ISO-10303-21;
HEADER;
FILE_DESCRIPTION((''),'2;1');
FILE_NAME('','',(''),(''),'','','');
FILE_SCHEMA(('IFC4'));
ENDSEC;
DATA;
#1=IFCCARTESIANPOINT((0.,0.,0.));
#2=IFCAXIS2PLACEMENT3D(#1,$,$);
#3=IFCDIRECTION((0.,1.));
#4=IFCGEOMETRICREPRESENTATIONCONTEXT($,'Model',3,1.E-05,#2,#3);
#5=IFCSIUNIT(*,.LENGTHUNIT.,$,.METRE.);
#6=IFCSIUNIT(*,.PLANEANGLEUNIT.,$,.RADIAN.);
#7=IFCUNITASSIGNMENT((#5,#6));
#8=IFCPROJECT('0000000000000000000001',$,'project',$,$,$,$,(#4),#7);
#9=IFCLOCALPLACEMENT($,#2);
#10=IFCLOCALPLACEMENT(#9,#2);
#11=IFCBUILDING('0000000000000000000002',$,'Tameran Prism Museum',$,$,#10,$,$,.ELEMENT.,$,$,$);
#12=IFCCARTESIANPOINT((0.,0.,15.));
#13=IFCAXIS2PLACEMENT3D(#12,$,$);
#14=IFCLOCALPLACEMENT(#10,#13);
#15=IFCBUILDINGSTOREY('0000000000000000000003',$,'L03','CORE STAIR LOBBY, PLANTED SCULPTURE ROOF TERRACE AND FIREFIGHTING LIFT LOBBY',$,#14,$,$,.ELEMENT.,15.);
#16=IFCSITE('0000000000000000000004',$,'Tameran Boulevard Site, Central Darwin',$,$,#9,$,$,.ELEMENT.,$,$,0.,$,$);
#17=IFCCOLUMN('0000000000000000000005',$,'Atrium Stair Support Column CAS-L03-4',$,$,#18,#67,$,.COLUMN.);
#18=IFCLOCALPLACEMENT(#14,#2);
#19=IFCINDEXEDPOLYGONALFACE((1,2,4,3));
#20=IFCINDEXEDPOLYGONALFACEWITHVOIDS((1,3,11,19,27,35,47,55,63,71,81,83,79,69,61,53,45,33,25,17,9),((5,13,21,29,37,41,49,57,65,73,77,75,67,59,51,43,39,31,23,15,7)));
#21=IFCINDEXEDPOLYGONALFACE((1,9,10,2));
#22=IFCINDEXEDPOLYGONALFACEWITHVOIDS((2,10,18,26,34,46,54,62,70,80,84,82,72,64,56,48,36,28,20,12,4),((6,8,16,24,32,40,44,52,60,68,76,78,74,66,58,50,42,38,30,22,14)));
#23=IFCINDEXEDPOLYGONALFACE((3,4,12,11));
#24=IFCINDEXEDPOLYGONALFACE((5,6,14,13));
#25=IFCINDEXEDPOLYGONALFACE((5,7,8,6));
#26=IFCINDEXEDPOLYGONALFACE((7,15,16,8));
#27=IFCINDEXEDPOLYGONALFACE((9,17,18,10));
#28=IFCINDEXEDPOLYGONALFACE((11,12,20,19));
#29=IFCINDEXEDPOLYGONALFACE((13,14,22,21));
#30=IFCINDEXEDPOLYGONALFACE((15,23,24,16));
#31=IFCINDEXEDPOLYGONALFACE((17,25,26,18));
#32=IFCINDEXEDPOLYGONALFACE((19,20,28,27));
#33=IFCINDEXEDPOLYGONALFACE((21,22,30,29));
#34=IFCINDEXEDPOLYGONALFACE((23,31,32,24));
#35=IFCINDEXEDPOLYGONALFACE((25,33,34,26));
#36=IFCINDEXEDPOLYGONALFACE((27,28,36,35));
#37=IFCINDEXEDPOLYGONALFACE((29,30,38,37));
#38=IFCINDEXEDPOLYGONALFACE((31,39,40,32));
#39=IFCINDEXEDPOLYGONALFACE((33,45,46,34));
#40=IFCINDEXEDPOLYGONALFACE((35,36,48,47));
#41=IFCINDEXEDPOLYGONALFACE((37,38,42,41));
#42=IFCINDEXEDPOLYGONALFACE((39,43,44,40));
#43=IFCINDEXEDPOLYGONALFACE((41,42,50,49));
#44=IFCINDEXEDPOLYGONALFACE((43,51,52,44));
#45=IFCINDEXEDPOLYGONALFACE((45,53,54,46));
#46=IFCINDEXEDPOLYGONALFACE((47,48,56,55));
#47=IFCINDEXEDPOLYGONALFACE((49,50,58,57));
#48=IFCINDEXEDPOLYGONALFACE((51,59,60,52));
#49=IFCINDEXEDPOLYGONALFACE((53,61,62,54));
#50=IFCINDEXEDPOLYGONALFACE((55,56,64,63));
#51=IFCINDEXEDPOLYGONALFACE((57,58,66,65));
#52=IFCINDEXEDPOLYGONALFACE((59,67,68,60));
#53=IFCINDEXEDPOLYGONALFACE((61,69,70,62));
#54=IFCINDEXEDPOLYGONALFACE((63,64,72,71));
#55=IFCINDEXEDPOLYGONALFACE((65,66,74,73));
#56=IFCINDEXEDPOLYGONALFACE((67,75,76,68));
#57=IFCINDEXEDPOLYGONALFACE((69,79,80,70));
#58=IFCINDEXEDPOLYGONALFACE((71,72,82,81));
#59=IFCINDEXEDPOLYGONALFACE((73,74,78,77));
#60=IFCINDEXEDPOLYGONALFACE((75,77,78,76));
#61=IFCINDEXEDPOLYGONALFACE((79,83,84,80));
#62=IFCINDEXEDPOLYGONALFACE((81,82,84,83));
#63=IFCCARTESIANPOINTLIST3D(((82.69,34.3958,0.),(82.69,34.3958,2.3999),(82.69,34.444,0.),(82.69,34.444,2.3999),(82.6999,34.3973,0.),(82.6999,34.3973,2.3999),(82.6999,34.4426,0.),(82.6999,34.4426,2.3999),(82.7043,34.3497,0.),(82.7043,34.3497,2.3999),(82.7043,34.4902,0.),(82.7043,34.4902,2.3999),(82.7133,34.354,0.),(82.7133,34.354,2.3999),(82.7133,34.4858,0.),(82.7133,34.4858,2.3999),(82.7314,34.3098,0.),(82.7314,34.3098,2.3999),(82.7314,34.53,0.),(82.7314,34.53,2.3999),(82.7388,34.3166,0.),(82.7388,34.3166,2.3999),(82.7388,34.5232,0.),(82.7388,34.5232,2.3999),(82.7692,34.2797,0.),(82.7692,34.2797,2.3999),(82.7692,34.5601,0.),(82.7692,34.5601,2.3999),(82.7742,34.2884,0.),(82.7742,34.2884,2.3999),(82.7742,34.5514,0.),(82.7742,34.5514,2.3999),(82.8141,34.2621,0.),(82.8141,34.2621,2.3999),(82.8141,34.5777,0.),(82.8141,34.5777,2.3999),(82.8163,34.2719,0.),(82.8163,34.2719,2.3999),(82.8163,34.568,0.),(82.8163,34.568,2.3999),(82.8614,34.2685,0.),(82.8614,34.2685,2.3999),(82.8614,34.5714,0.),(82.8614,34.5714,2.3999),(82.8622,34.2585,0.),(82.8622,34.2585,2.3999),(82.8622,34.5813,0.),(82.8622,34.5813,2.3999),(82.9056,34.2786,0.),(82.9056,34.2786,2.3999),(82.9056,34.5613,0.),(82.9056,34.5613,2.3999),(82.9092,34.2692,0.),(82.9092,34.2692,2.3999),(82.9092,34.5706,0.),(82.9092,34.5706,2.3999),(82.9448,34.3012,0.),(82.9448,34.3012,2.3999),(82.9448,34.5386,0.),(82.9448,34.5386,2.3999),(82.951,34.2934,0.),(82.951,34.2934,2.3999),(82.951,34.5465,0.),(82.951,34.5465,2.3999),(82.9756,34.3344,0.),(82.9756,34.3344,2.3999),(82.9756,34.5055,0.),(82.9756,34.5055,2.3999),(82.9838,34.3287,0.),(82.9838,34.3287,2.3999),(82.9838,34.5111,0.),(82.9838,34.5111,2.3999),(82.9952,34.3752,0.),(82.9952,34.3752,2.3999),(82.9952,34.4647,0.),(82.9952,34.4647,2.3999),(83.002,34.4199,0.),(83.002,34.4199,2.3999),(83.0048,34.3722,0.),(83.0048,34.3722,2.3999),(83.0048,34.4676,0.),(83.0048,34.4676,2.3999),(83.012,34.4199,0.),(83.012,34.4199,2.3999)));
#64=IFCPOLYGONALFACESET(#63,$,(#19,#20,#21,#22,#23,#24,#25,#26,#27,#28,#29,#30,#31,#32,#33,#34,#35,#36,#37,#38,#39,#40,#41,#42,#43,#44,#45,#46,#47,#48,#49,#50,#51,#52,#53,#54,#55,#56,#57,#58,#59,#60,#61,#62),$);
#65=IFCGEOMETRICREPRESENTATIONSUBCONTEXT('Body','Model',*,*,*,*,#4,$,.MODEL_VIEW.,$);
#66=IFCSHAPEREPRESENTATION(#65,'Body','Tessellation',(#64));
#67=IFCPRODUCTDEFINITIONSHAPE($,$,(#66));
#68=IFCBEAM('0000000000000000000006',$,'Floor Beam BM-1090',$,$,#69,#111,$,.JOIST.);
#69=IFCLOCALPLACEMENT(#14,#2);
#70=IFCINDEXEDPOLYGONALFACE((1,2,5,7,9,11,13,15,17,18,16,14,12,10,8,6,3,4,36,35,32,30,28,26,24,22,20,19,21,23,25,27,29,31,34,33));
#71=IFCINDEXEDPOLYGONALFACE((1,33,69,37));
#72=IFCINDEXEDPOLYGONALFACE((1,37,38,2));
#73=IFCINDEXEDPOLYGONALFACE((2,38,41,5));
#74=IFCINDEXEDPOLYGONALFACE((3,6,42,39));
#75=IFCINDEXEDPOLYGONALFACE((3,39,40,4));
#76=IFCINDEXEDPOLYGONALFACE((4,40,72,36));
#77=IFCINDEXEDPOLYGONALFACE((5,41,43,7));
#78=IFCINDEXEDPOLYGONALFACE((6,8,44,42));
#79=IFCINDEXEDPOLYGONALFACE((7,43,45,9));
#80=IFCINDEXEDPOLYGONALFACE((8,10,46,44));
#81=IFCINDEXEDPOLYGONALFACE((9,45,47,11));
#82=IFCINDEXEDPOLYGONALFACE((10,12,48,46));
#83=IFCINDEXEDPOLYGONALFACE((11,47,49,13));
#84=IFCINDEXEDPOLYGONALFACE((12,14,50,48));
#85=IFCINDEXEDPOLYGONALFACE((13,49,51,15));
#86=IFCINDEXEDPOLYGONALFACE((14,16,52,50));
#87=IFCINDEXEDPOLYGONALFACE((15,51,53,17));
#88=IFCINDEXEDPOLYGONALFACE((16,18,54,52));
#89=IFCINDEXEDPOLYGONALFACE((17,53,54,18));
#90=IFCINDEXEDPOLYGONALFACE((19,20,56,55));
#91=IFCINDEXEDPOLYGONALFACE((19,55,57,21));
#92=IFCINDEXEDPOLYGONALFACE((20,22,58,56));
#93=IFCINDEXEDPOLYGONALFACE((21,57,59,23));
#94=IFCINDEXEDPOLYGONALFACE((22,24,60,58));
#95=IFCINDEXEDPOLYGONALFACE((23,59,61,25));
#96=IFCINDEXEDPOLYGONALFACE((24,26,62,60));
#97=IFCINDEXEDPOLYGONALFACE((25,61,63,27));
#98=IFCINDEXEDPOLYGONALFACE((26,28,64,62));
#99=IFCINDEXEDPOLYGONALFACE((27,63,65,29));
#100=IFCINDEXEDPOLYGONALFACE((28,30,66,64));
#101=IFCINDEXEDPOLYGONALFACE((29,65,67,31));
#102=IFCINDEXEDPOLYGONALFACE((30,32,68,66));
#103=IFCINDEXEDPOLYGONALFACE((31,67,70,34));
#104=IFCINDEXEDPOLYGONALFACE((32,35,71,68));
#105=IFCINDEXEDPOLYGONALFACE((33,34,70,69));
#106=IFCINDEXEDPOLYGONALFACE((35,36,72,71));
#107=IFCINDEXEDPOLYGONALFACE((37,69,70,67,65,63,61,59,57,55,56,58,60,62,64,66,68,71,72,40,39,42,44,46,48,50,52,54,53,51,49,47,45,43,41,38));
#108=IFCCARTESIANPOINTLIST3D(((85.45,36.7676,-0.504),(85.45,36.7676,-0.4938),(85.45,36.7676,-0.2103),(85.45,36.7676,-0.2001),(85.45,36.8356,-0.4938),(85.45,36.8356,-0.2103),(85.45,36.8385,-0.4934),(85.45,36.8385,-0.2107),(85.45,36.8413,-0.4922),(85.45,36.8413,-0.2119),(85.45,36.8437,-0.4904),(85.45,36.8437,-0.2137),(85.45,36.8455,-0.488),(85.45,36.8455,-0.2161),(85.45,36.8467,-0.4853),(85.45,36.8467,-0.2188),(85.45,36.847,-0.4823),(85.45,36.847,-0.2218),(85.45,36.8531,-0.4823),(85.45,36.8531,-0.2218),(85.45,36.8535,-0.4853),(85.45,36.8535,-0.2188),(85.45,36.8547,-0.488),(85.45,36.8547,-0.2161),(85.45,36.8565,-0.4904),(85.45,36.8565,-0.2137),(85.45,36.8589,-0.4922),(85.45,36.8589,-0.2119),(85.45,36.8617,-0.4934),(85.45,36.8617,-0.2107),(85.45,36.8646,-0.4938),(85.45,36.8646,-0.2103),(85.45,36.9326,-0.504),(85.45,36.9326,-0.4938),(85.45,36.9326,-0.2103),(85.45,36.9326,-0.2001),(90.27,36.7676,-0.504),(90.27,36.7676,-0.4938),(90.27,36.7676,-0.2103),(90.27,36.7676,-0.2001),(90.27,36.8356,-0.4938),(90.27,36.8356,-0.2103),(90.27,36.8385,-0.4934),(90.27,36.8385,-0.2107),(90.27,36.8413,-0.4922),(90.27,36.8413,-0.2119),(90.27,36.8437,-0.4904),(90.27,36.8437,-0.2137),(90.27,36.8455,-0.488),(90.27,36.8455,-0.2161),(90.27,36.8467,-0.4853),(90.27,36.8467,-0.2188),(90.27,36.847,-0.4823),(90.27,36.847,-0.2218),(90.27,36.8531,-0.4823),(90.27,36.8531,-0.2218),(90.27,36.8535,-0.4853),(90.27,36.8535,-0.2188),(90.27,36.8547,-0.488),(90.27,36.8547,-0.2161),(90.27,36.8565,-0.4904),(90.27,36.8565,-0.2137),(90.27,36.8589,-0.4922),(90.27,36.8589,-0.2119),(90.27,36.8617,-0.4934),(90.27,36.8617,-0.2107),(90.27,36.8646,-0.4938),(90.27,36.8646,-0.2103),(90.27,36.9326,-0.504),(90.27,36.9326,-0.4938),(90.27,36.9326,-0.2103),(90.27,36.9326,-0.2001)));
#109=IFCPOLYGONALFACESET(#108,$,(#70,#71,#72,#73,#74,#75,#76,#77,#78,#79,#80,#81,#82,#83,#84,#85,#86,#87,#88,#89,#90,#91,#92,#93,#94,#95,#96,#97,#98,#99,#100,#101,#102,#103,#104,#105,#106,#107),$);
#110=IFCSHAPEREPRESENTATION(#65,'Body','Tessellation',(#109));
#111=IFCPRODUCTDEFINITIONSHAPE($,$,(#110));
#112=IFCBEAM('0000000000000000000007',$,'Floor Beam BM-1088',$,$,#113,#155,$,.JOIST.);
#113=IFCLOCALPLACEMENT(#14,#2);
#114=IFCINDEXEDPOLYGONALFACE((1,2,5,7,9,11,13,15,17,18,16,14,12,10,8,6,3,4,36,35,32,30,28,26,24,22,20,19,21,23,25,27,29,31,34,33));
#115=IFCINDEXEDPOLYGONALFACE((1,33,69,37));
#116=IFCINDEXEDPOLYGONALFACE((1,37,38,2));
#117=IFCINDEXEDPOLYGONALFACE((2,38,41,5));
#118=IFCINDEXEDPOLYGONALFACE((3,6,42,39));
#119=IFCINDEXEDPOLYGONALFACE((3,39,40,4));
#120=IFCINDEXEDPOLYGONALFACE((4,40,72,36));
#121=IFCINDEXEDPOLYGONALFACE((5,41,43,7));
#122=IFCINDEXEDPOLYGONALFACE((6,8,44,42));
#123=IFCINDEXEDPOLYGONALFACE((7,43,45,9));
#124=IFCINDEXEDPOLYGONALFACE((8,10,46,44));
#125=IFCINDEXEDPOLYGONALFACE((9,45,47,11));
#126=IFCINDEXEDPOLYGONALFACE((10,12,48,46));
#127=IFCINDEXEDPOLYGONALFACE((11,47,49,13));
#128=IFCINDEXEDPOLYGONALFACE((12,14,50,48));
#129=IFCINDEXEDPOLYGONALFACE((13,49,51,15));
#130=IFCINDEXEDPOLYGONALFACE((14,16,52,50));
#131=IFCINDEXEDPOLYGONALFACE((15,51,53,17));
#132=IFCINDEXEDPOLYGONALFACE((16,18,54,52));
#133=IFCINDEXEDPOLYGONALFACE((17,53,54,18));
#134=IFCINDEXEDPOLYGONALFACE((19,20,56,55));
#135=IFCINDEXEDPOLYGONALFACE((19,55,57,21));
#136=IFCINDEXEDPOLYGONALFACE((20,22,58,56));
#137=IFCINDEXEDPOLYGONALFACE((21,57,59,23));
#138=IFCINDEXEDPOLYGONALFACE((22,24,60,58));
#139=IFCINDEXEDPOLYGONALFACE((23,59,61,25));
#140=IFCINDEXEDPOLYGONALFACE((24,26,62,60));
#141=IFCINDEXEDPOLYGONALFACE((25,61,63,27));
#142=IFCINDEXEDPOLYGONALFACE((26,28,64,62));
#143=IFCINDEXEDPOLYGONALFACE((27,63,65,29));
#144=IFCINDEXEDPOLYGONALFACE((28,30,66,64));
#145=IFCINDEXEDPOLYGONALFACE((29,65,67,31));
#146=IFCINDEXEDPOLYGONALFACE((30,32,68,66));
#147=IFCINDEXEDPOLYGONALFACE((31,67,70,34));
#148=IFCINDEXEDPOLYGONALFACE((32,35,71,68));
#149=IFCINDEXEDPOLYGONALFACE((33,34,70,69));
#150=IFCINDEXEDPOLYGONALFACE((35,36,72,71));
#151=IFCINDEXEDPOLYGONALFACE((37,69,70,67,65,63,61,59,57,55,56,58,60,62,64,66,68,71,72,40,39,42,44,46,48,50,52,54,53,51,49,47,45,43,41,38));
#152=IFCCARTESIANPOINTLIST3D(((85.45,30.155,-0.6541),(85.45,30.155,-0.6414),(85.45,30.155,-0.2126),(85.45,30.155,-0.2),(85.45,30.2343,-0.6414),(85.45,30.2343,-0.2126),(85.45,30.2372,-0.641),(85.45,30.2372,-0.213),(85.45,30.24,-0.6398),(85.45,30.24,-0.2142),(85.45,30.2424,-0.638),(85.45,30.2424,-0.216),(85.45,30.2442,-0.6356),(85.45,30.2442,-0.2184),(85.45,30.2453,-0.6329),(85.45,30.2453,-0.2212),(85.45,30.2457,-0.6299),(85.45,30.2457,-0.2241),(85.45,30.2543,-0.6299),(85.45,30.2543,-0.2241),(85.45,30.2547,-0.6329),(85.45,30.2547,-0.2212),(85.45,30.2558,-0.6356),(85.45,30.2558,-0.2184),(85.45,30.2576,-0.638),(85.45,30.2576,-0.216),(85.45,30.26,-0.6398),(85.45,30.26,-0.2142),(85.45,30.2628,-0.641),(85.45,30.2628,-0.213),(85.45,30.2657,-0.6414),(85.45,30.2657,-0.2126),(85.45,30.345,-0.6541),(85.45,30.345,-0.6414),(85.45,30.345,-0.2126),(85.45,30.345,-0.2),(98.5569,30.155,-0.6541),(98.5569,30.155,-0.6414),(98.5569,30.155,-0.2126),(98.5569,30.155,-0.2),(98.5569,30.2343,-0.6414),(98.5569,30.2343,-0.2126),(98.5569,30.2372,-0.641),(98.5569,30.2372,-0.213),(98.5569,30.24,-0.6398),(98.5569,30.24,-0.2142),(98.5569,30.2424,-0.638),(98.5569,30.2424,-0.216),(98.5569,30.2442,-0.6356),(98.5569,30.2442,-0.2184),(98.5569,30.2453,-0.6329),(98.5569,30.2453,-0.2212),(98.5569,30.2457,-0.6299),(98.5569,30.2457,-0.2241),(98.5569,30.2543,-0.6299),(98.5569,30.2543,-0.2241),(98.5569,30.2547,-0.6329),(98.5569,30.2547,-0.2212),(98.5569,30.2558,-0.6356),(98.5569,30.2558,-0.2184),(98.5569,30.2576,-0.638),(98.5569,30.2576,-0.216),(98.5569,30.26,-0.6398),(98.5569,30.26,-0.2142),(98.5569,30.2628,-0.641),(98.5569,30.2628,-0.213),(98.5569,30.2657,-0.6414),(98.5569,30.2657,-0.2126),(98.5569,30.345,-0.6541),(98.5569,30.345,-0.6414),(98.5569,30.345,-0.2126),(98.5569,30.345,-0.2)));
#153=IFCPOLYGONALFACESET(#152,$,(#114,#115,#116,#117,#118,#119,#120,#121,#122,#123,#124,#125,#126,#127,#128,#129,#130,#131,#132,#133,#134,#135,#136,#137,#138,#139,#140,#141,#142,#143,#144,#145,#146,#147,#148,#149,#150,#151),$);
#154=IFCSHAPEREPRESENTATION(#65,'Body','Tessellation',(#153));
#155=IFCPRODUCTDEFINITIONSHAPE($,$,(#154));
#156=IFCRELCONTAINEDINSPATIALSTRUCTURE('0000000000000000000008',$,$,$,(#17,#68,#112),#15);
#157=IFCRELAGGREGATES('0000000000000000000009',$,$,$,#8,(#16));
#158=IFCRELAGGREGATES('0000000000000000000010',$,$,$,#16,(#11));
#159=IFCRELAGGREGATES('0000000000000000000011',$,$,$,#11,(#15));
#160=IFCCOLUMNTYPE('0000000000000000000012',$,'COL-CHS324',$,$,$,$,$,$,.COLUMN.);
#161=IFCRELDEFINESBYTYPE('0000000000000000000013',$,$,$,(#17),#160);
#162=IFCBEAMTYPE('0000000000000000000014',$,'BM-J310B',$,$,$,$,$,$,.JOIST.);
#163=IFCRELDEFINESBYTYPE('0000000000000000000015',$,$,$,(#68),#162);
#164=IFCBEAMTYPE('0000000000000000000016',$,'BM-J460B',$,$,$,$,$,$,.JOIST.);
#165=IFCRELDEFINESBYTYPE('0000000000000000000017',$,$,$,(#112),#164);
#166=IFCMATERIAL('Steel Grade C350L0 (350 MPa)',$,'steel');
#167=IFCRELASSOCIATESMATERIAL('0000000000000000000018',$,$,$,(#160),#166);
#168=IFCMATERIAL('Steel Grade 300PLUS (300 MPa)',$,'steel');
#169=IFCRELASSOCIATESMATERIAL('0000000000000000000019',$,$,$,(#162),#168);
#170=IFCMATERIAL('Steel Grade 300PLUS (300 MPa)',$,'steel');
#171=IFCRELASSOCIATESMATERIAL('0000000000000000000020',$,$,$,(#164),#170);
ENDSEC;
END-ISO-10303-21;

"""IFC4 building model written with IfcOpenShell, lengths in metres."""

from ifc_helpers import new_model, si_unit, direction, frame, origin, origin_2d, place, context, subcontext, project, spatial, hollow_circle, i_section, extrude, material, material_profile, profile_set, type_object, element, save


model = new_model("IFC4")

# Units and contexts
model_context = context("Model", 3, precision=1e-05, world=origin(), true_north=direction((0.0, 1.0)))
body_context = subcontext(model_context, "Body", "Model", "MODEL_VIEW")
ifc_project = project(units=[si_unit("LENGTHUNIT", "METRE"), si_unit("PLANEANGLEUNIT", "RADIAN")], contexts=[model_context])

# Site, building, storey
site_placement = place(None, origin())
site = spatial("IfcSite", under=ifc_project, at=site_placement, Name="Tameran Boulevard Site, Central Darwin", CompositionType="ELEMENT", RefElevation=0.0)
building_placement = place(site_placement, origin())
building = spatial("IfcBuilding", under=site, at=building_placement, Name="Tameran Prism Museum", CompositionType="ELEMENT")
storey_placement = place(building_placement, frame((0.0, 0.0, 15.0)))
storey = spatial("IfcBuildingStorey", under=building, at=storey_placement, Name="L03", Description="CORE STAIR LOBBY, PLANTED SCULPTURE ROOF TERRACE AND FIREFIGHTING LIFT LOBBY", CompositionType="ELEMENT", Elevation=15.0)

# Column
ifc_material_1 = material(Name="Steel Grade C350L0 (350 MPa)", Category="steel")
ifc_material_profile_1 = material_profile(ifc_material_1, hollow_circle(Radius=0.1619, WallThickness=0.01, at=origin_2d()))
ifc_profile_set_1 = profile_set([ifc_material_profile_1])
column_type = type_object("IfcColumnType", Name="COL-CHS324", PredefinedType="COLUMN", material=ifc_profile_set_1)
column_placement = place(storey_placement, frame((82.8501, 34.4199, 0.0), z_axis=(0.0, 0.0, 1.0), x_axis=(1.0, 0.0, 0.0)))
element("IfcColumn", 1, at=column_placement, inside=storey, type_object=column_type, Name="Atrium Stair Support Column CAS-L03-4", PredefinedType="COLUMN", context=body_context, shape_type="SweptSolid", body=[
    extrude(hollow_circle(Radius=0.1619, WallThickness=0.01, at=origin_2d()), origin(), (0.0, 0.0, 1.0), 2.3999),
])

# Beams
ifc_material_2 = material(Name="Steel Grade 300PLUS (300 MPa)", Category="steel")
ifc_material_profile_2 = material_profile(ifc_material_2, i_section(OverallWidth=0.165, OverallDepth=0.304, WebThickness=0.0061, FlangeThickness=0.0103, FilletRadius=0.0115, at=origin_2d()))
ifc_profile_set_2 = profile_set([ifc_material_profile_2])
beam_type_1 = type_object("IfcBeamType", Name="BM-J310B", PredefinedType="JOIST", material=ifc_profile_set_2)
beam_1_placement = place(storey_placement, frame((85.45, 36.8501, -0.3521), z_axis=(1.0, 0.0, 0.0), x_axis=(0.0, 1.0, 0.0)))
element("IfcBeam", 2, at=beam_1_placement, inside=storey, type_object=beam_type_1, Name="Floor Beam BM-1090", PredefinedType="JOIST", context=body_context, shape_type="SweptSolid", body=[
    extrude(i_section(OverallWidth=0.165, OverallDepth=0.304, WebThickness=0.0061, FlangeThickness=0.0103, FilletRadius=0.0115, at=origin_2d()), origin(), (0.0, 0.0, 1.0), 4.8201),
])
ifc_material_3 = material(Name="Steel Grade 300PLUS (300 MPa)", Category="steel")
ifc_material_profile_3 = material_profile(ifc_material_3, i_section(OverallWidth=0.1899, OverallDepth=0.4541, WebThickness=0.0085, FlangeThickness=0.0127, FilletRadius=0.0115, at=origin_2d()))
ifc_profile_set_3 = profile_set([ifc_material_profile_3])
beam_type_2 = type_object("IfcBeamType", Name="BM-J460B", PredefinedType="JOIST", material=ifc_profile_set_3)
beam_2_placement = place(storey_placement, frame((85.45, 30.25, -0.427), z_axis=(1.0, 0.0, 0.0), x_axis=(0.0, 1.0, 0.0)))
element("IfcBeam", 3, at=beam_2_placement, inside=storey, type_object=beam_type_2, Name="Floor Beam BM-1088", PredefinedType="JOIST", context=body_context, shape_type="SweptSolid", body=[
    extrude(i_section(OverallWidth=0.1899, OverallDepth=0.4541, WebThickness=0.0085, FlangeThickness=0.0127, FilletRadius=0.0115, at=origin_2d()), origin(), (0.0, 0.0, 1.0), 13.1069),
])

save(model, "model.ifc")
